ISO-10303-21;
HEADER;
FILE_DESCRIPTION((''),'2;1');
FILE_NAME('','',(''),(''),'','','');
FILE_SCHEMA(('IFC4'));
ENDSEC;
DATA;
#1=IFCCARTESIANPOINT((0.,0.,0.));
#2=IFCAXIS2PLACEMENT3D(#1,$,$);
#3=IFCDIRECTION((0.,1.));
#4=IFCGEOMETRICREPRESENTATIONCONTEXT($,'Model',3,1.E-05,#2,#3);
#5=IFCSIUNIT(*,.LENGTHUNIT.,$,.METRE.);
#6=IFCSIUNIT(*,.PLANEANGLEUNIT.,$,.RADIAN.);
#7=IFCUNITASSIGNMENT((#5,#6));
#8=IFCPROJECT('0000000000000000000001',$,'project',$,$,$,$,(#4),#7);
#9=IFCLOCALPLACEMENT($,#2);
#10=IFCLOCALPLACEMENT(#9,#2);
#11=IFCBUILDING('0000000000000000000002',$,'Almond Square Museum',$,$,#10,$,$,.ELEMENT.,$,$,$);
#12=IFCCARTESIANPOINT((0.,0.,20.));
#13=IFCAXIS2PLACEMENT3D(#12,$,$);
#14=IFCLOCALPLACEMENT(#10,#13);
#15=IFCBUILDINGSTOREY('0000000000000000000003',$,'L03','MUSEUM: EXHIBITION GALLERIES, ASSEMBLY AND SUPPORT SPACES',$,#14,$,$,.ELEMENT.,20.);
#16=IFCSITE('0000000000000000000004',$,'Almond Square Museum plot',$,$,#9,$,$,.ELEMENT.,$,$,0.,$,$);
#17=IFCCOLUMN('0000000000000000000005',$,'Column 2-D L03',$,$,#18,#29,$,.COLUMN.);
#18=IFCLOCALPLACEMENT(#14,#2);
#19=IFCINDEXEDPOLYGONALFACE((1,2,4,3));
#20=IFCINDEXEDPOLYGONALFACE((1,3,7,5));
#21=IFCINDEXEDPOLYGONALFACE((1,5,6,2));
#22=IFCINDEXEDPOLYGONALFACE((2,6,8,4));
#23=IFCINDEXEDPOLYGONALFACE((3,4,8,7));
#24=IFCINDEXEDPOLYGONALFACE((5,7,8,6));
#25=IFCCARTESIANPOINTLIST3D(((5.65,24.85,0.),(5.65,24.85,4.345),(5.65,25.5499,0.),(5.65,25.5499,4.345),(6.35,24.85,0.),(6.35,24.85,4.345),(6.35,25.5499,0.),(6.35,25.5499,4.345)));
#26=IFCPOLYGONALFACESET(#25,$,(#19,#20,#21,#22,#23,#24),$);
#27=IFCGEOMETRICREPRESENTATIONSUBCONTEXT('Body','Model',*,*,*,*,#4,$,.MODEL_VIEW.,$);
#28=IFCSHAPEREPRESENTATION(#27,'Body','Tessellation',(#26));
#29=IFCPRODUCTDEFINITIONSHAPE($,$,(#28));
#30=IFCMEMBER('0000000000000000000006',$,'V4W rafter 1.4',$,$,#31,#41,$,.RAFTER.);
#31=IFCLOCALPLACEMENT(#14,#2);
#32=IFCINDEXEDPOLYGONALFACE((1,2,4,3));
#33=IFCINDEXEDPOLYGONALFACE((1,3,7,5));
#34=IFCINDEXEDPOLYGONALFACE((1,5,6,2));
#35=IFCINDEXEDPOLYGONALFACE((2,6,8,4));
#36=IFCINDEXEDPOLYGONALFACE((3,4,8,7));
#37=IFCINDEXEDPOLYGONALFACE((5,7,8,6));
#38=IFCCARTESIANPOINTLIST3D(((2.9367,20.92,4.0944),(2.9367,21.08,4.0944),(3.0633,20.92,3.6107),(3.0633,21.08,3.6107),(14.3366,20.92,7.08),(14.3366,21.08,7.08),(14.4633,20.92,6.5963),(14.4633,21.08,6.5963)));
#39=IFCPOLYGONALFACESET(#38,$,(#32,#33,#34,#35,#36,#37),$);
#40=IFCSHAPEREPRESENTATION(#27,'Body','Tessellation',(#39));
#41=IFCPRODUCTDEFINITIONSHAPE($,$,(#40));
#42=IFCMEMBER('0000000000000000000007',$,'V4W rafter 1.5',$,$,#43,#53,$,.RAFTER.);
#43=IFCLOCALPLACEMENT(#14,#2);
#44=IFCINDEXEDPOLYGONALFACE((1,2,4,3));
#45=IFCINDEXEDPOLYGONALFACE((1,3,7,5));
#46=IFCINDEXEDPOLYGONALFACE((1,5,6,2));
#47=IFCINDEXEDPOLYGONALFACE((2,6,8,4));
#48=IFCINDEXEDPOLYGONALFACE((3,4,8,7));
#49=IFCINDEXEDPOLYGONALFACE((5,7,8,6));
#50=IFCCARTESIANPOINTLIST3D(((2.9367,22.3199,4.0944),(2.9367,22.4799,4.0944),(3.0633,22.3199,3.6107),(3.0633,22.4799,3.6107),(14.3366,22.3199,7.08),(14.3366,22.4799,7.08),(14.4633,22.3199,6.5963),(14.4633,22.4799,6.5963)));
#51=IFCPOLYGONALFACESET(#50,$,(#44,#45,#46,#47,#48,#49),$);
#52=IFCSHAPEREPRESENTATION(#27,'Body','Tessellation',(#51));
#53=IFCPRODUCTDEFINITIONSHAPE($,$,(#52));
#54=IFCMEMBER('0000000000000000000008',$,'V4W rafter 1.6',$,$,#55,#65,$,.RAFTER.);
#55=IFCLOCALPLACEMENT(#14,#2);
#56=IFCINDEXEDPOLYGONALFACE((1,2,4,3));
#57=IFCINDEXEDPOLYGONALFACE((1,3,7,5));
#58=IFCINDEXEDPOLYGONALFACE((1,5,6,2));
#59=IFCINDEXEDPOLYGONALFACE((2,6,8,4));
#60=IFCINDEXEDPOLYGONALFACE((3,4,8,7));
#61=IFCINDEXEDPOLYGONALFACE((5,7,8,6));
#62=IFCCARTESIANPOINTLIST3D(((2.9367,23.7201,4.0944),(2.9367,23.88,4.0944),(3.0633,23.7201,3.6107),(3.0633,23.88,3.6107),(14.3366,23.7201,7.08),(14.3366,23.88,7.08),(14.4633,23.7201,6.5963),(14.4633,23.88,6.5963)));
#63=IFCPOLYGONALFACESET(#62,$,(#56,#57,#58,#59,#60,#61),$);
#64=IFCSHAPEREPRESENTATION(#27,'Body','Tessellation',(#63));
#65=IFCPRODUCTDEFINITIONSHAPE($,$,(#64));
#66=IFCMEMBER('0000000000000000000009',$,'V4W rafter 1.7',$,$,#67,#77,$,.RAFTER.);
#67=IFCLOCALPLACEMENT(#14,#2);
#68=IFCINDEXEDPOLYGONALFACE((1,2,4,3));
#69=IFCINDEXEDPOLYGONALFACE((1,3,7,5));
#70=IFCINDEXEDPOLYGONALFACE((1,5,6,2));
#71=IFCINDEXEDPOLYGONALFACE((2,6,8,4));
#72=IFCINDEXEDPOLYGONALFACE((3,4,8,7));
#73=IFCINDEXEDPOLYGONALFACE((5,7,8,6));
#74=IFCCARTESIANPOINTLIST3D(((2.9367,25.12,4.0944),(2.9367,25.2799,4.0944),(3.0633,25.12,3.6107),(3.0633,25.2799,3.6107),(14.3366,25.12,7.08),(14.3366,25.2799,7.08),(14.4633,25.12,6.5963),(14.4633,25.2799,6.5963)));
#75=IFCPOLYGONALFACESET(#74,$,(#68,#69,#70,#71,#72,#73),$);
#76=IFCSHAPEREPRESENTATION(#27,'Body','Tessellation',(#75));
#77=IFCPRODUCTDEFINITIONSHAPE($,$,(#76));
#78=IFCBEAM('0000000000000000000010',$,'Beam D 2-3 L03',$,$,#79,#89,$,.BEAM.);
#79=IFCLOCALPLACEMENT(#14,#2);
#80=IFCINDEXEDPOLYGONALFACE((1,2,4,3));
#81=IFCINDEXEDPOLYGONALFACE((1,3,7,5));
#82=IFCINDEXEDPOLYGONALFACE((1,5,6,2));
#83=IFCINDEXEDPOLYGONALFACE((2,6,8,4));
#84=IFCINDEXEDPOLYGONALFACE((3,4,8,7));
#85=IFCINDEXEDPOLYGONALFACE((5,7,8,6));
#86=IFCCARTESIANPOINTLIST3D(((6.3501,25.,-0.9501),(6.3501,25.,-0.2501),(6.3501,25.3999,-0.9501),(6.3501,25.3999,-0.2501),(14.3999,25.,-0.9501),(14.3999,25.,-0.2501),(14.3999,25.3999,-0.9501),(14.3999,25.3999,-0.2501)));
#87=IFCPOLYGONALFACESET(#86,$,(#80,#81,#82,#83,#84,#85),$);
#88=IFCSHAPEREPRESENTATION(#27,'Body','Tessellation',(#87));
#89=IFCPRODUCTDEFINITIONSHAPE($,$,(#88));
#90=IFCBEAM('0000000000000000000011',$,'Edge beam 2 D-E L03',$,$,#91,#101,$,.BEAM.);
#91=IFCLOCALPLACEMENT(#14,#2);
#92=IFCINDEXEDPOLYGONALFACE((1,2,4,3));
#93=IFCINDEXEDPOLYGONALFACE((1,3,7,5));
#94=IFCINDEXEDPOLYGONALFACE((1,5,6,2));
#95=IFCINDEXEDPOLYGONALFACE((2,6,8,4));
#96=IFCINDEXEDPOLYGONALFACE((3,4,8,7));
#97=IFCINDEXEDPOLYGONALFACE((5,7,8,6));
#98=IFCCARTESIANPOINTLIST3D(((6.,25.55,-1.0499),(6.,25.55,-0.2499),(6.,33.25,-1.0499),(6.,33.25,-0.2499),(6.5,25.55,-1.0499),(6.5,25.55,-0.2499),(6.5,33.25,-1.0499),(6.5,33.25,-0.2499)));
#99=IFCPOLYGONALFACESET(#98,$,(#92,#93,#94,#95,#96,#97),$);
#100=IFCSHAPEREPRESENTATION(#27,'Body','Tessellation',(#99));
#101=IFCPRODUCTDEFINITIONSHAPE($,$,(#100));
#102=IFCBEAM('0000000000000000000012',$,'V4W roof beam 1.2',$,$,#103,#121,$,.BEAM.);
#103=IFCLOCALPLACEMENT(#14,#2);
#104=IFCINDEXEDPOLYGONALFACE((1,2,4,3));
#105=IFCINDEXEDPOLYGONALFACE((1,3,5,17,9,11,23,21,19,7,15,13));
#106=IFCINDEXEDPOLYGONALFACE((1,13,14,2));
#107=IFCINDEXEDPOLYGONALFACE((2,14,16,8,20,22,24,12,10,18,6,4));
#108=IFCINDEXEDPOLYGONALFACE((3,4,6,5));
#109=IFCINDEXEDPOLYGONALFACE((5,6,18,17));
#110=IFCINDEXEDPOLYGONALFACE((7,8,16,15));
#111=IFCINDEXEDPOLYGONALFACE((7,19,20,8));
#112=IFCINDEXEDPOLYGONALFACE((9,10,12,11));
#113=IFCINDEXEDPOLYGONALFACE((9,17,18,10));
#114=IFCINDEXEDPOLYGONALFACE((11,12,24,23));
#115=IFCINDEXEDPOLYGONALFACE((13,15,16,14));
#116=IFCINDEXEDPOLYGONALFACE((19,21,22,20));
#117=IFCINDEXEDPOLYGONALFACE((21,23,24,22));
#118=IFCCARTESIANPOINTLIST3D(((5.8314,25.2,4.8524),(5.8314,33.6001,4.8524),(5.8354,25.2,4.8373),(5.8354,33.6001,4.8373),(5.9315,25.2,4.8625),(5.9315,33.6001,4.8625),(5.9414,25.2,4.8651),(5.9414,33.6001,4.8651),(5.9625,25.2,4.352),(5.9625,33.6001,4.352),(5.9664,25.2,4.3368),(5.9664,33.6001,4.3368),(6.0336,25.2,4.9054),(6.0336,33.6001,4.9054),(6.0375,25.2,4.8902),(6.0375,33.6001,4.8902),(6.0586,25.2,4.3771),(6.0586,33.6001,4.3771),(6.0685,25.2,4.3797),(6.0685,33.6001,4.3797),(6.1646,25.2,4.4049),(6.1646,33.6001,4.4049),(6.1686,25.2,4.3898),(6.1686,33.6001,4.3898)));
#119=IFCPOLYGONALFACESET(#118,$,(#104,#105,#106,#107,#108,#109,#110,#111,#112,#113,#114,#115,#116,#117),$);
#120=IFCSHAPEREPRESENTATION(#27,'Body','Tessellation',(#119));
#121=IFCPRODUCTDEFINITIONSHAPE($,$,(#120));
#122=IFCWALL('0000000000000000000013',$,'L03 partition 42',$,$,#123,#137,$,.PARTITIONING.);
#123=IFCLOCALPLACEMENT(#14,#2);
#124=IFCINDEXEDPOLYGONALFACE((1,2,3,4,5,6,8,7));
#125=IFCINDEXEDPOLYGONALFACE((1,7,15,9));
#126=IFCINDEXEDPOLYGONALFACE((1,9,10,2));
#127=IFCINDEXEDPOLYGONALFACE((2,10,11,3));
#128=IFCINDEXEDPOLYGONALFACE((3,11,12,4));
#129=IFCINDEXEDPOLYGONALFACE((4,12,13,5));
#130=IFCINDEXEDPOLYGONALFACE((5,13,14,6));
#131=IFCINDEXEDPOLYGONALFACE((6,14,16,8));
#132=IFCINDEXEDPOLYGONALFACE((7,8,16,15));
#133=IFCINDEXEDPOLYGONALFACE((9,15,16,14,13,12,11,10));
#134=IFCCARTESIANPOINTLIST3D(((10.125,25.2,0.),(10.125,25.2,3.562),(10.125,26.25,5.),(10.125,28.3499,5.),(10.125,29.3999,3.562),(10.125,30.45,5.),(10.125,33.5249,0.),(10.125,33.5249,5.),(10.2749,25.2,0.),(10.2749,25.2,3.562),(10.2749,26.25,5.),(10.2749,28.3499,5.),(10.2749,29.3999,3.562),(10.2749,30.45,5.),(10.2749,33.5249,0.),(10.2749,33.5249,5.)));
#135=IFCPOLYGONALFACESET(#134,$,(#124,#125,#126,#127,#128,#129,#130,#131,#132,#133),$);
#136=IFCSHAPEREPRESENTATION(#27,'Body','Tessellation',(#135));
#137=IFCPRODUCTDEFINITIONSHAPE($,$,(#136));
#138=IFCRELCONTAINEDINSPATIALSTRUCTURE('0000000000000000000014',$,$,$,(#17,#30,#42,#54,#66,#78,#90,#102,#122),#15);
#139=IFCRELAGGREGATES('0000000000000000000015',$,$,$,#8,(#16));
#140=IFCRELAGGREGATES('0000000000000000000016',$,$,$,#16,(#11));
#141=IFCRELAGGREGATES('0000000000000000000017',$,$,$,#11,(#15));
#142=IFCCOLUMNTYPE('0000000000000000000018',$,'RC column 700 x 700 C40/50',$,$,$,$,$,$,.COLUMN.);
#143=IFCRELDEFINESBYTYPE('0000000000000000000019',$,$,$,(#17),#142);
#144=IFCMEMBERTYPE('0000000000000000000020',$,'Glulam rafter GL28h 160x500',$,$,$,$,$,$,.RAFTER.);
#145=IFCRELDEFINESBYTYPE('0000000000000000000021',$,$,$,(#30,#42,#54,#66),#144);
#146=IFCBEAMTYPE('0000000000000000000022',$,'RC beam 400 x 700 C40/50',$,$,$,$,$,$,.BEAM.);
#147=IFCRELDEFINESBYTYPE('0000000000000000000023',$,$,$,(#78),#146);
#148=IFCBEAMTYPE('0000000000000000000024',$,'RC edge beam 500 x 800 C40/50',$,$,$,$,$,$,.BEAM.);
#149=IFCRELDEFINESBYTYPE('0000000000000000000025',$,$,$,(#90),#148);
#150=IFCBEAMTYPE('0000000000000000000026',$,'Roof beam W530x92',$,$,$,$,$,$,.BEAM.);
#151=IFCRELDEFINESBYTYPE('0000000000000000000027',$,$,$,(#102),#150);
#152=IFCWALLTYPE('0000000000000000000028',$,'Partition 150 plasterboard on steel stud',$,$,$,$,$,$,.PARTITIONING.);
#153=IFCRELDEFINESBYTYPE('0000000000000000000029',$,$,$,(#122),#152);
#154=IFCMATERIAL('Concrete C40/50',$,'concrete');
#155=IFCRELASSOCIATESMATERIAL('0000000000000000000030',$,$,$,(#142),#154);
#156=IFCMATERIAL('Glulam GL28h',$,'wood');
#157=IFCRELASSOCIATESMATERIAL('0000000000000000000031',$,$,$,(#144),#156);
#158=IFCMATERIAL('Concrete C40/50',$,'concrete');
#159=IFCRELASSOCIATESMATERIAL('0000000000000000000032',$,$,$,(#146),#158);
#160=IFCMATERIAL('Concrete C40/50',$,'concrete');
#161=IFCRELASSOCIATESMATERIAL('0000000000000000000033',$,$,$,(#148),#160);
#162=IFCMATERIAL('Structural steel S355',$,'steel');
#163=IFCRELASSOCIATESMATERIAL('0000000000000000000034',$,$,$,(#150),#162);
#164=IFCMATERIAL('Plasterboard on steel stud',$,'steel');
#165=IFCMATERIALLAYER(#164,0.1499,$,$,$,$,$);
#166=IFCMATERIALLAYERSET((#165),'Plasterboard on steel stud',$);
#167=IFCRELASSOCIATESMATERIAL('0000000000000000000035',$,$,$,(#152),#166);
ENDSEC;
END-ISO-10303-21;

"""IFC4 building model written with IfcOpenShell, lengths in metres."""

from ifc_helpers import new_model, si_unit, direction, frame, origin, origin_2d, place, context, subcontext, project, spatial, polyline, rectangle, i_section, outline, extrude, material, layer, layer_set, material_profile, profile_set, type_object, element, save


model = new_model("IFC4")

# Units and contexts
model_context = context("Model", 3, precision=1e-05, world=origin(), true_north=direction((0.0, 1.0)))
body_context = subcontext(model_context, "Body", "Model", "MODEL_VIEW")
ifc_project = project(units=[si_unit("LENGTHUNIT", "METRE"), si_unit("PLANEANGLEUNIT", "RADIAN")], contexts=[model_context])

# Site, building, storey
site_placement = place(None, origin())
site = spatial("IfcSite", under=ifc_project, at=site_placement, Name="Almond Square Museum plot", CompositionType="ELEMENT", RefElevation=0.0)
building_placement = place(site_placement, origin())
building = spatial("IfcBuilding", under=site, at=building_placement, Name="Almond Square Museum", CompositionType="ELEMENT")
storey_placement = place(building_placement, frame((0.0, 0.0, 20.0)))
storey = spatial("IfcBuildingStorey", under=building, at=storey_placement, Name="L03", Description="MUSEUM: EXHIBITION GALLERIES, ASSEMBLY AND SUPPORT SPACES", CompositionType="ELEMENT", Elevation=20.0)

# Column
ifc_material_1 = material(Name="Concrete C40/50", Category="concrete")
ifc_material_profile_1 = material_profile(ifc_material_1, rectangle(XDim=0.7, YDim=0.7, at=origin_2d()))
ifc_profile_set_1 = profile_set([ifc_material_profile_1], Name="Concrete C40/50")
column_type = type_object("IfcColumnType", Name="RC column 700 x 700 C40/50", PredefinedType="COLUMN", material=ifc_profile_set_1)
column_placement = place(storey_placement, frame((6.0, 25.2, 0.0), z_axis=(0.0, 0.0, 1.0), x_axis=(1.0, 0.0, 0.0)))
element("IfcColumn", 1, at=column_placement, inside=storey, type_object=column_type, Name="Column 2-D L03", PredefinedType="COLUMN", context=body_context, shape_type="SweptSolid", body=[
    extrude(rectangle(XDim=0.7, YDim=0.7, at=origin_2d()), origin(), (0.0, 0.0, 1.0), 4.345),
])

# Members
ifc_material_2 = material(Name="Glulam GL28h", Category="wood")
ifc_material_profile_2 = material_profile(ifc_material_2, rectangle(XDim=0.1599, YDim=0.5, at=origin_2d()))
ifc_profile_set_2 = profile_set([ifc_material_profile_2], Name="Glulam GL28h")
member_type = type_object("IfcMemberType", Name="Glulam rafter GL28h 160x500", PredefinedType="RAFTER", material=ifc_profile_set_2)
for number, where, z_axis, x_axis, name in (
    (2, (3.0, 21.0, 3.8525), (0.967374, 0.0, 0.253352), (0.0, 1.0, 0.0), "V4W rafter 1.4"),
    (3, (3.0, 22.3999, 3.8525), (0.967374, 0.0, 0.253352), (0.0, 1.0, 0.0), "V4W rafter 1.5"),
    (4, (3.0, 23.8, 3.8525), (0.967374, 0.0, 0.253352), (0.0, 1.0, 0.0), "V4W rafter 1.6"),
    (5, (3.0, 25.2, 3.8525), (0.967374, 0.0, 0.253352), (0.0, 1.0, 0.0), "V4W rafter 1.7"),
):
    element("IfcMember", number, at=place(storey_placement, frame(where, z_axis=z_axis, x_axis=x_axis)), inside=storey, type_object=member_type, Name=name, PredefinedType="RAFTER", context=body_context, shape_type="SweptSolid", body=[
        extrude(rectangle(XDim=0.1599, YDim=0.5, at=origin_2d()), origin(), (0.0, 0.0, 1.0), 11.7844),
    ])

# Beams
ifc_material_3 = material(Name="Concrete C40/50", Category="concrete")
ifc_material_profile_3 = material_profile(ifc_material_3, rectangle(XDim=0.3999, YDim=0.7, at=origin_2d()))
ifc_profile_set_3 = profile_set([ifc_material_profile_3], Name="Concrete C40/50")
beam_type_1 = type_object("IfcBeamType", Name="RC beam 400 x 700 C40/50", PredefinedType="BEAM", material=ifc_profile_set_3)
beam_1_placement = place(storey_placement, frame((6.3501, 25.2, -0.6001), z_axis=(1.0, 0.0, 0.0), x_axis=(0.0, 1.0, 0.0)))
element("IfcBeam", 6, at=beam_1_placement, inside=storey, type_object=beam_type_1, Name="Beam D 2-3 L03", PredefinedType="BEAM", context=body_context, shape_type="SweptSolid", body=[
    extrude(rectangle(XDim=0.3999, YDim=0.7, at=origin_2d()), origin(), (0.0, 0.0, 1.0), 8.0498),
])
ifc_material_4 = material(Name="Concrete C40/50", Category="concrete")
ifc_material_profile_4 = material_profile(ifc_material_4, rectangle(XDim=0.5, YDim=0.8, at=origin_2d()))
ifc_profile_set_4 = profile_set([ifc_material_profile_4], Name="Concrete C40/50")
beam_type_2 = type_object("IfcBeamType", Name="RC edge beam 500 x 800 C40/50", PredefinedType="BEAM", material=ifc_profile_set_4)
beam_2_placement = place(storey_placement, frame((6.25, 25.55, -0.6499), z_axis=(0.0, 1.0, 0.0), x_axis=(-1.0, 0.0, 0.0)))
element("IfcBeam", 7, at=beam_2_placement, inside=storey, type_object=beam_type_2, Name="Edge beam 2 D-E L03", PredefinedType="BEAM", context=body_context, shape_type="SweptSolid", body=[
    extrude(rectangle(XDim=0.5, YDim=0.8, at=origin_2d()), origin(), (0.0, 0.0, 1.0), 7.7),
])
ifc_material_5 = material(Name="Structural steel S355", Category="steel")
ifc_material_profile_5 = material_profile(ifc_material_5, i_section(OverallWidth=0.209, OverallDepth=0.533, WebThickness=0.0103, FlangeThickness=0.0156, at=origin_2d()))
ifc_profile_set_5 = profile_set([ifc_material_profile_5], Name="Structural steel S355")
beam_type_3 = type_object("IfcBeamType", Name="Roof beam W530x92", PredefinedType="BEAM", material=ifc_profile_set_5)
beam_3_placement = place(storey_placement, frame((6.0, 25.2, 4.6211), z_axis=(0.0, 1.0, 0.0), x_axis=(-0.967372, 0.0, -0.25336)))
element("IfcBeam", 8, at=beam_3_placement, inside=storey, type_object=beam_type_3, Name="V4W roof beam 1.2", PredefinedType="BEAM", context=body_context, shape_type="SweptSolid", body=[
    extrude(i_section(OverallWidth=0.209, OverallDepth=0.533, WebThickness=0.0103, FlangeThickness=0.0156, at=origin_2d()), origin(), (0.0, 0.0, 1.0), 8.4001),
])

# Wall
ifc_material_6 = material(Name="Plasterboard on steel stud", Category="steel")
ifc_layer_1 = layer(ifc_material_6, 0.1499)
ifc_layer_set_1 = layer_set([ifc_layer_1], Name="Plasterboard on steel stud")
wall_type_1 = type_object("IfcWallType", Name="Partition 150 plasterboard on steel stud", PredefinedType="PARTITIONING", material=ifc_layer_set_1)
wall_1_placement = place(storey_placement, frame((10.2, 25.2, 0.0), z_axis=(0.0, 0.0, 1.0), x_axis=(0.0, 1.0, 0.0)))
element("IfcWall", 9, at=wall_1_placement, inside=storey, type_object=wall_type_1, Name="L03 partition 42", PredefinedType="PARTITIONING", context=body_context, shape_type="SweptSolid", body=[
    extrude(outline(polyline([(0.0, 0.0), (8.325, 0.0), (8.325, 5.0), (5.25, 5.0), (4.2, 3.562), (3.1499, 5.0), (1.05, 5.0), (0.0, 3.562), (0.0, 0.0)])), frame((0.0, 0.075, 0.0), z_axis=(0.0, -1.0, 0.0), x_axis=(1.0, 0.0, 0.0)), (0.0, 0.0, 1.0), 0.1499),
])

save(model, "model.ifc")
